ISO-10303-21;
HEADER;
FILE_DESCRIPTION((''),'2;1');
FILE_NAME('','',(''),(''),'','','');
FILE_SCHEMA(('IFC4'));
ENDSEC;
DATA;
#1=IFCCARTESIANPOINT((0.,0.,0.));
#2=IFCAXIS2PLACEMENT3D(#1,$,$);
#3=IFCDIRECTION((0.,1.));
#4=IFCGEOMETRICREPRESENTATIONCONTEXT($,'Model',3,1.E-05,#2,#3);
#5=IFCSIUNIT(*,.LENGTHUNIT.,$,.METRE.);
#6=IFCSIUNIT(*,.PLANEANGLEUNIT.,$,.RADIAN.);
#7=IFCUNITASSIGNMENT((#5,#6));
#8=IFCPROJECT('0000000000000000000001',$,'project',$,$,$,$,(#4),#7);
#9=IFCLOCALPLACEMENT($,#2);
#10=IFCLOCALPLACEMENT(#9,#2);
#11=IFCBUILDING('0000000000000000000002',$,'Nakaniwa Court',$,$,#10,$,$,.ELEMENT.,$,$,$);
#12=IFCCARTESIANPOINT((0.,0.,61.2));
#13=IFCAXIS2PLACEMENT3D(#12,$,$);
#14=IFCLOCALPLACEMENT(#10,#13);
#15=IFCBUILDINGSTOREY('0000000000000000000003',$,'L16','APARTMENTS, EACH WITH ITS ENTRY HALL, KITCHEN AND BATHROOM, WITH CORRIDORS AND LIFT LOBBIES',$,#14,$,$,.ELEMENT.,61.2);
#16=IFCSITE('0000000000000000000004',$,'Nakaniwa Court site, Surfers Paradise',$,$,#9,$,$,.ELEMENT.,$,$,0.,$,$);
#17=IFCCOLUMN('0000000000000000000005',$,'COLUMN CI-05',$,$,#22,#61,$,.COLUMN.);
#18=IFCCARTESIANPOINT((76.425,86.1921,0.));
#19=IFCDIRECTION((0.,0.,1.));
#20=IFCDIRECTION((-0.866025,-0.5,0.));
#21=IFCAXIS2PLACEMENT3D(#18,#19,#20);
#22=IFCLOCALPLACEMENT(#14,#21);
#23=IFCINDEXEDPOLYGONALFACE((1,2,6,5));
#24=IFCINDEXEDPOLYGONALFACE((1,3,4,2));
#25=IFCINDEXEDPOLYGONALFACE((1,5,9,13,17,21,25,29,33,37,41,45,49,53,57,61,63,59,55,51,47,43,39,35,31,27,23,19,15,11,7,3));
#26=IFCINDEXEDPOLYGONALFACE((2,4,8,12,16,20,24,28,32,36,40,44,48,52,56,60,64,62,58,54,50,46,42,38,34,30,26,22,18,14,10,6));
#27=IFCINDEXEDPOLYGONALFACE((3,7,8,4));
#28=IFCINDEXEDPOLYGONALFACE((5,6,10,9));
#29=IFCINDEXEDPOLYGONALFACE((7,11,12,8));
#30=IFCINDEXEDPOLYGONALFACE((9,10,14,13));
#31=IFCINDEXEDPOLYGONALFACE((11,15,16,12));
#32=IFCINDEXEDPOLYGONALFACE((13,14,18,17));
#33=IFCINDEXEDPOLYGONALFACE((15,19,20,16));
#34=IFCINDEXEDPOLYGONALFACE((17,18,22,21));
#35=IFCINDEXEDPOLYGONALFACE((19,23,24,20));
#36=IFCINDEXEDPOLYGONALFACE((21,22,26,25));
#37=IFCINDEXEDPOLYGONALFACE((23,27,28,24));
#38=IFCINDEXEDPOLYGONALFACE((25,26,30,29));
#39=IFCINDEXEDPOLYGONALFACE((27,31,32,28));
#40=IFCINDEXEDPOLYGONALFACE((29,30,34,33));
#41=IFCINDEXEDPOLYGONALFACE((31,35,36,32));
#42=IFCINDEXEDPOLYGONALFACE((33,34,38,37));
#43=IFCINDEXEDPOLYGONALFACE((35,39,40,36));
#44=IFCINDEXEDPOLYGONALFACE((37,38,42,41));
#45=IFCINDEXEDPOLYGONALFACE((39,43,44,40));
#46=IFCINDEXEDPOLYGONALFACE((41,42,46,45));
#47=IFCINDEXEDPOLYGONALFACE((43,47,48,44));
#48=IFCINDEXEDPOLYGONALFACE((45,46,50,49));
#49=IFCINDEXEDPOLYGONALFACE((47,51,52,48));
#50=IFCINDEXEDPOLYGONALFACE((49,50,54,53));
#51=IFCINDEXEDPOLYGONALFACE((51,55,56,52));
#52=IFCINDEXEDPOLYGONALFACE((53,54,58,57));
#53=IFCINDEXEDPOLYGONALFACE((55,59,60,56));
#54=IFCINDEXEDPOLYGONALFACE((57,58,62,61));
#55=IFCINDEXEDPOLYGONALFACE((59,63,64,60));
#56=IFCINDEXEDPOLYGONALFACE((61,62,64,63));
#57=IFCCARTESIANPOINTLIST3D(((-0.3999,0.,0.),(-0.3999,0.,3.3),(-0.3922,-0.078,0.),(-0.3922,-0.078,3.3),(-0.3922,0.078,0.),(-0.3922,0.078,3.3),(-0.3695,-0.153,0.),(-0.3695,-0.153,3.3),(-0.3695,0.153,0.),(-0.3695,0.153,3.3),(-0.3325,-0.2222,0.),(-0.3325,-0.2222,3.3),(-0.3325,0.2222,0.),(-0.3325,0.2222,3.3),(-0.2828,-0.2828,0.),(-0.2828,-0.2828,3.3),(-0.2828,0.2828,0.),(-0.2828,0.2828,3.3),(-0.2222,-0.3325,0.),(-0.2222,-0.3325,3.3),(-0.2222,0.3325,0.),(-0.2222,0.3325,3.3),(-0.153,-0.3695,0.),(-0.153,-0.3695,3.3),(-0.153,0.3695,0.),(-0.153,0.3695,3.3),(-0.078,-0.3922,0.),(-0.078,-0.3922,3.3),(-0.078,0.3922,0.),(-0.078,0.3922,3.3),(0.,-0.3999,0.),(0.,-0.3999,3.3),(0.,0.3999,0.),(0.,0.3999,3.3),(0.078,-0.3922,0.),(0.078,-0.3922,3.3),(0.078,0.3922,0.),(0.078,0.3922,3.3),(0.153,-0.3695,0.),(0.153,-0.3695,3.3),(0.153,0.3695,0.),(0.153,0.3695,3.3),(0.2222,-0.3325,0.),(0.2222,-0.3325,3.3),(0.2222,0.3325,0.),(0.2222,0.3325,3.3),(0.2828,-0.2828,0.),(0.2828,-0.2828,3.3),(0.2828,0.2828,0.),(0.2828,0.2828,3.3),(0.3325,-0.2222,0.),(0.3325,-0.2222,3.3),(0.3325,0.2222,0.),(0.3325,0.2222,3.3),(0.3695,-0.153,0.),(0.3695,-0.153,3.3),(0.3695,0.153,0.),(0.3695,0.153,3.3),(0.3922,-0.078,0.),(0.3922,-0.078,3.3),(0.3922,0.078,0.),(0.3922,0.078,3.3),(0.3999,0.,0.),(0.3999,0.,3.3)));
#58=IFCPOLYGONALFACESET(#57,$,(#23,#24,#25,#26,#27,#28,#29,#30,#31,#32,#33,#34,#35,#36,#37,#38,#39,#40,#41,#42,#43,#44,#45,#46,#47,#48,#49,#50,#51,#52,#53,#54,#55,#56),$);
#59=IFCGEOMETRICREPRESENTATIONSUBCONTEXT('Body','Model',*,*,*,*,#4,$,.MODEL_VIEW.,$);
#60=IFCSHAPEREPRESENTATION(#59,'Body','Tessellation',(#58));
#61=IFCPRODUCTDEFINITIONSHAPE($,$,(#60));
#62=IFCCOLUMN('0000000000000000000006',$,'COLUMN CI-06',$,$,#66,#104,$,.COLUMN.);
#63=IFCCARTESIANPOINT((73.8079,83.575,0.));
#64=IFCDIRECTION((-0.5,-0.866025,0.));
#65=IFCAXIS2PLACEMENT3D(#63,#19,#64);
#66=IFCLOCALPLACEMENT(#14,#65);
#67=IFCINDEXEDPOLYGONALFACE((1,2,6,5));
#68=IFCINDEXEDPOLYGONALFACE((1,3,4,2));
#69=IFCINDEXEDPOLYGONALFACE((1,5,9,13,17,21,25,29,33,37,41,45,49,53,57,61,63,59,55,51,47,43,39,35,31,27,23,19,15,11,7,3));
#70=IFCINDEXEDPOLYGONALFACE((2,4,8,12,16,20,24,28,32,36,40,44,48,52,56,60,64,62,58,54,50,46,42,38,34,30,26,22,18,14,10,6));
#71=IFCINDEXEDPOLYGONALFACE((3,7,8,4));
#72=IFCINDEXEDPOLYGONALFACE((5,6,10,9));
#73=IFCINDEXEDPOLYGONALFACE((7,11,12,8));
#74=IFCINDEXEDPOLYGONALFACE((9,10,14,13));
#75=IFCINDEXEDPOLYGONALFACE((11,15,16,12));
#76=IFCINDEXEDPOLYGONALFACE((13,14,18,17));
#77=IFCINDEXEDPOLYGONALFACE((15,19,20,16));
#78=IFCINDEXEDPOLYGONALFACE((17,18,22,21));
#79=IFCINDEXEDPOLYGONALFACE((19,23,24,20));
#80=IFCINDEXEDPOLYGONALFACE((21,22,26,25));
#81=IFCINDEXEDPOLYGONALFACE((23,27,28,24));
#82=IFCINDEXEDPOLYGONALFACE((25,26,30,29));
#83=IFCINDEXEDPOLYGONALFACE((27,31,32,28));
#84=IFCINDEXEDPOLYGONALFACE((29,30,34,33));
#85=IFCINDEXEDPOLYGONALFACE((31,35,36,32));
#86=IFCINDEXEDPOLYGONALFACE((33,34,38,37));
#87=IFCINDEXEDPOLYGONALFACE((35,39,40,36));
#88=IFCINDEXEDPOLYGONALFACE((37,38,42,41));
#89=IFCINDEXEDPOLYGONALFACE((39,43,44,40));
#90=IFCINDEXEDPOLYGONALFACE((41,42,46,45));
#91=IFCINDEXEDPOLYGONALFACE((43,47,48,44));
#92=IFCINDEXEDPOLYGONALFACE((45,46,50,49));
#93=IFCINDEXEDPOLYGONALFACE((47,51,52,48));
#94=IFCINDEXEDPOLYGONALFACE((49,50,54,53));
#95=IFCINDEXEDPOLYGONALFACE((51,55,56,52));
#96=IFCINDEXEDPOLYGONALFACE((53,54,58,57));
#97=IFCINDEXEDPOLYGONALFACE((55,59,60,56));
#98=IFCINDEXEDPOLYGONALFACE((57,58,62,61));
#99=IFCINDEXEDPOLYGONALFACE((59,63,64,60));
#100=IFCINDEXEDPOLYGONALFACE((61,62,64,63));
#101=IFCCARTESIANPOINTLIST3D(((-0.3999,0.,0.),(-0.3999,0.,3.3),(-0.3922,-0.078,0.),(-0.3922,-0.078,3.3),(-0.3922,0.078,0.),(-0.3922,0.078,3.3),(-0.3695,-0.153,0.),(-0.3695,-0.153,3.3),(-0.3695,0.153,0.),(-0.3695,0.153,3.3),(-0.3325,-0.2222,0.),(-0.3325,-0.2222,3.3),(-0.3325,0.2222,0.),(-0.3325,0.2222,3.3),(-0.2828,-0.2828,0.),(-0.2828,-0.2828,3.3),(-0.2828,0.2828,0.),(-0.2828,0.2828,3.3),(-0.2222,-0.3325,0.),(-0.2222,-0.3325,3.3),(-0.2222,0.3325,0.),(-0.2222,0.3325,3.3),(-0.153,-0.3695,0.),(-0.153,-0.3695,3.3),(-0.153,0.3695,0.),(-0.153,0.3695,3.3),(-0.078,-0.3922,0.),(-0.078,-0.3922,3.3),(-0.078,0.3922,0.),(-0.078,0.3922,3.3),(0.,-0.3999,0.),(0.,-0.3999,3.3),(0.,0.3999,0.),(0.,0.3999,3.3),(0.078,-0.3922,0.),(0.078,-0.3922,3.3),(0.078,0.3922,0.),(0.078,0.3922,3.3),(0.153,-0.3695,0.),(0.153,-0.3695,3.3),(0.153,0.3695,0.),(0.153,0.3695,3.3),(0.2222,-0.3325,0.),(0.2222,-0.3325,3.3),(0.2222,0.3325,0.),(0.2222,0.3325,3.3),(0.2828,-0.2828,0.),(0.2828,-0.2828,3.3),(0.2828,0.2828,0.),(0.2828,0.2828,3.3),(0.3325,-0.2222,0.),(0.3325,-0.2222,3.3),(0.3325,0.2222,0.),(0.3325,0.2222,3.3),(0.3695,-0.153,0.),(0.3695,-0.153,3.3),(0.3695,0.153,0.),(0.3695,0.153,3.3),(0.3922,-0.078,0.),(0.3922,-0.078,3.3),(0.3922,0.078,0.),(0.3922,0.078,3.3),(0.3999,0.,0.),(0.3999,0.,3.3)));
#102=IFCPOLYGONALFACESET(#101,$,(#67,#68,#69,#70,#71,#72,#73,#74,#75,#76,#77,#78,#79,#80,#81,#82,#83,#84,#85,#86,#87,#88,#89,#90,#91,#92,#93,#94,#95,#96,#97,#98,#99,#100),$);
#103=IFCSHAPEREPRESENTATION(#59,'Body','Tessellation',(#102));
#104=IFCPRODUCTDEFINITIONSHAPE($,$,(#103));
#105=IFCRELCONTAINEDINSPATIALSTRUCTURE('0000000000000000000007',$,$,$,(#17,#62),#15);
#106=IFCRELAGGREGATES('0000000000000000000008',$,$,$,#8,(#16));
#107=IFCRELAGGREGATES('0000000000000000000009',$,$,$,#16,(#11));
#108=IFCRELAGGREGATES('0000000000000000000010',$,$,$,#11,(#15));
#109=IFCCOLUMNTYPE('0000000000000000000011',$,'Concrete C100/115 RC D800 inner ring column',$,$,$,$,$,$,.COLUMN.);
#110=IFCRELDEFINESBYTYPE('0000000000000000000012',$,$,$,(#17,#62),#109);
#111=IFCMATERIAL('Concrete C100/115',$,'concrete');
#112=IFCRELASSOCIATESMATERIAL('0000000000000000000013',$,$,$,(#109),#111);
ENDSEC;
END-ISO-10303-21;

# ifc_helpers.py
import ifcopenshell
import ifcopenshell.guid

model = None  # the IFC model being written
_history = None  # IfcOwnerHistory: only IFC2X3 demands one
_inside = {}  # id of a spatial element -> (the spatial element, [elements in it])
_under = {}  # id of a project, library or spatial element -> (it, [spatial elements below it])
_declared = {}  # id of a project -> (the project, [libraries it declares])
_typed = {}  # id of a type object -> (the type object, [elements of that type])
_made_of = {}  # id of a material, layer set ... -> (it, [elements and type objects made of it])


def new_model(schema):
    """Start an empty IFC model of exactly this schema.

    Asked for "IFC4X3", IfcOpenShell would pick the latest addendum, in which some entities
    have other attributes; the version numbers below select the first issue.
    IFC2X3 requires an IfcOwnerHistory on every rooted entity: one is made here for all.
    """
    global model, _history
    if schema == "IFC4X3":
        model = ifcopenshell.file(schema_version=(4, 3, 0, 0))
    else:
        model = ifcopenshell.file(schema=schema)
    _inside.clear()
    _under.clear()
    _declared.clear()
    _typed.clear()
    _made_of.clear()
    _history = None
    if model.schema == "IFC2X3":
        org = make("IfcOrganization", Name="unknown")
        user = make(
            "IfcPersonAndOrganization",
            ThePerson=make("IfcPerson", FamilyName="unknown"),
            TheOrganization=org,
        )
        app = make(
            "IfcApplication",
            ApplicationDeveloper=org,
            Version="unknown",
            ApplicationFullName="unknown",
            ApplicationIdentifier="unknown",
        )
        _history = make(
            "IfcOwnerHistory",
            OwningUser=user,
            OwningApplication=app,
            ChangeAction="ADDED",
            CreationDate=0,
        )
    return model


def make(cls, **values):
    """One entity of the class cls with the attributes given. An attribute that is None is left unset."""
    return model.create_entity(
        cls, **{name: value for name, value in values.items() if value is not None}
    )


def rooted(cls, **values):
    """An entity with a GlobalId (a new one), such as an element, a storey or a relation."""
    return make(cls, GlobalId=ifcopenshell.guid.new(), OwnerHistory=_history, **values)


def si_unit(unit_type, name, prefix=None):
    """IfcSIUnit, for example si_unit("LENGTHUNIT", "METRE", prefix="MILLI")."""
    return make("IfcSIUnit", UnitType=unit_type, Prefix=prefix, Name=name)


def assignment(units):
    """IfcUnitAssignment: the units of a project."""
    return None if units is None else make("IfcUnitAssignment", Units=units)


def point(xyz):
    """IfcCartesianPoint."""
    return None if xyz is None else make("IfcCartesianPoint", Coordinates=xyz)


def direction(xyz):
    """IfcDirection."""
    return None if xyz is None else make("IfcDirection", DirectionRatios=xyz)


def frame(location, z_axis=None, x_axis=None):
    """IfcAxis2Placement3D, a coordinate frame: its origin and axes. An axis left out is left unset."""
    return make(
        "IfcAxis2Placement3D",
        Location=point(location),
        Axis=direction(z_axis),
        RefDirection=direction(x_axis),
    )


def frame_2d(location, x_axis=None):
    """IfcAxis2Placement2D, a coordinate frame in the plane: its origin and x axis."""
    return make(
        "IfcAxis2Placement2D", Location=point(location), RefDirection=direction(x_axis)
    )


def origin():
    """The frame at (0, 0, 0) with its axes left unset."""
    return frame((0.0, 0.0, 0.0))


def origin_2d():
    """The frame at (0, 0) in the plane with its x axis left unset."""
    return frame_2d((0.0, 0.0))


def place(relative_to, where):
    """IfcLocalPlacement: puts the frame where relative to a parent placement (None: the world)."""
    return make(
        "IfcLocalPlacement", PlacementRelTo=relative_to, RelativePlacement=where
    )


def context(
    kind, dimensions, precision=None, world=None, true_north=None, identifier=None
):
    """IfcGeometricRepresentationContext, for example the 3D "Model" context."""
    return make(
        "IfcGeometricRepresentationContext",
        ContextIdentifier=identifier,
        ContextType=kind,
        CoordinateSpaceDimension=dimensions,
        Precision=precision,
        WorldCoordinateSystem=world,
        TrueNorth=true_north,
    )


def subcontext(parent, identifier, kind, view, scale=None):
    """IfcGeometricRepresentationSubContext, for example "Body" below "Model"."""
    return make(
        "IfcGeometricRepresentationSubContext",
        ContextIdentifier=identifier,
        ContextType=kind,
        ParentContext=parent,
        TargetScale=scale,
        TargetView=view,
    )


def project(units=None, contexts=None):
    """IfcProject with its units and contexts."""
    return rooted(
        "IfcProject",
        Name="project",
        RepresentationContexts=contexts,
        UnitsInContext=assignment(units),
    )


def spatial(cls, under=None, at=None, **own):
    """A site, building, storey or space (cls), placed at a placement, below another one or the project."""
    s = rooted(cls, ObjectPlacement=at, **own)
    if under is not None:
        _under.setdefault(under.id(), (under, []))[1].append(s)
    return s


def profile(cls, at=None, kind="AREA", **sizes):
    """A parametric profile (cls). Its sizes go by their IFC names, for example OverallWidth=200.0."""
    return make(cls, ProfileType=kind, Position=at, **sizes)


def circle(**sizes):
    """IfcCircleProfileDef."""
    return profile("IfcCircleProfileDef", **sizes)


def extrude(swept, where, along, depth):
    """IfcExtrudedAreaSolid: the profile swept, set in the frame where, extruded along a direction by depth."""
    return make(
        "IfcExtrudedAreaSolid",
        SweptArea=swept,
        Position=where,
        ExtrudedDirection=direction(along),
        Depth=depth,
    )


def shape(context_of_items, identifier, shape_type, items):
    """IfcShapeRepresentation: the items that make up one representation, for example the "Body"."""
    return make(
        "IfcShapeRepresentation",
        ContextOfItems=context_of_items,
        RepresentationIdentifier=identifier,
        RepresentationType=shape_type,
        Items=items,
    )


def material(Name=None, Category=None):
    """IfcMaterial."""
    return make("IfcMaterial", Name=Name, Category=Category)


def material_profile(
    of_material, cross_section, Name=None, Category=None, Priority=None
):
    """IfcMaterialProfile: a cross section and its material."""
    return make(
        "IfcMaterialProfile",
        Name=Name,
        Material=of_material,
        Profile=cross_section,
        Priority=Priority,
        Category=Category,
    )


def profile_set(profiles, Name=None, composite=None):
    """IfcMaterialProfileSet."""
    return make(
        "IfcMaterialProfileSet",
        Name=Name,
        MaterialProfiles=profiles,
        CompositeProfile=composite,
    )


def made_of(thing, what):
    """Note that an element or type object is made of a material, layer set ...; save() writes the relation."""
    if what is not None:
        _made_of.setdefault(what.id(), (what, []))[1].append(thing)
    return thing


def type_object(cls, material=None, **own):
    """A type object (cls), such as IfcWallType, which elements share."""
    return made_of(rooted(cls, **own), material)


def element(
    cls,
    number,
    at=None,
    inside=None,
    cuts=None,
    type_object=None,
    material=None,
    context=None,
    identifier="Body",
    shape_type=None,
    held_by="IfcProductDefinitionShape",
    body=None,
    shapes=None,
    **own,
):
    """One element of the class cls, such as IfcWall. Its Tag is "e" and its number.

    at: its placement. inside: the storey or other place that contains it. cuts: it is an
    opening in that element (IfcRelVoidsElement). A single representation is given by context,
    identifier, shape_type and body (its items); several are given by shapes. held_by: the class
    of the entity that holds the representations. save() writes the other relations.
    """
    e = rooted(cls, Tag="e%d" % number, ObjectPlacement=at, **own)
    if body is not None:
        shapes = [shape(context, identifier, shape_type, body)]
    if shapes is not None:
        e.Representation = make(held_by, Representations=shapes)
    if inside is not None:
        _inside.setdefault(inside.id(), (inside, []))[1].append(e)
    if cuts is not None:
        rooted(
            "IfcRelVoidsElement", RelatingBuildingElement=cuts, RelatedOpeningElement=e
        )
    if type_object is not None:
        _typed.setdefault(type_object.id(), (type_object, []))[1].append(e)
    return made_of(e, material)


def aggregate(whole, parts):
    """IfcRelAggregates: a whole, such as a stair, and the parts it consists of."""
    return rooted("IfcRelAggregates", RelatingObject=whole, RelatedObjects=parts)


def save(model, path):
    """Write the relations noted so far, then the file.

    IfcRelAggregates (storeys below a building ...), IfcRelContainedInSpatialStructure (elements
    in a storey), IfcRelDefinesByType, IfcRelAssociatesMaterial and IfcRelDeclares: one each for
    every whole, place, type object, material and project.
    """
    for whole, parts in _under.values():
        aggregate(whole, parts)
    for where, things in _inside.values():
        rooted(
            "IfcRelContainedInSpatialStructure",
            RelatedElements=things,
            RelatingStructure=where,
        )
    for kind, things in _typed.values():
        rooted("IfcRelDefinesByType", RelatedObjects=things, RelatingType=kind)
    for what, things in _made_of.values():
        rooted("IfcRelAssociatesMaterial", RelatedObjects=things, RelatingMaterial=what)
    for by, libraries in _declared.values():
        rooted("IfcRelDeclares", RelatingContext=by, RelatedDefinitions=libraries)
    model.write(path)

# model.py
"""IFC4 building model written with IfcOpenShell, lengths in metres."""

from ifc_helpers import new_model, si_unit, direction, frame, origin, origin_2d, place, context, subcontext, project, spatial, circle, extrude, material, material_profile, profile_set, type_object, element, save


model = new_model("IFC4")

# Units and contexts
model_context = context("Model", 3, precision=1e-05, world=origin(), true_north=direction((0.0, 1.0)))
body_context = subcontext(model_context, "Body", "Model", "MODEL_VIEW")
ifc_project = project(units=[si_unit("LENGTHUNIT", "METRE"), si_unit("PLANEANGLEUNIT", "RADIAN")], contexts=[model_context])

# Site, building, storey
site_placement = place(None, origin())
site = spatial("IfcSite", under=ifc_project, at=site_placement, Name="Nakaniwa Court site, Surfers Paradise", CompositionType="ELEMENT", RefElevation=0.0)
building_placement = place(site_placement, origin())
building = spatial("IfcBuilding", under=site, at=building_placement, Name="Nakaniwa Court", CompositionType="ELEMENT")
storey_placement = place(building_placement, frame((0.0, 0.0, 61.2)))
storey = spatial("IfcBuildingStorey", under=building, at=storey_placement, Name="L16", Description="APARTMENTS, EACH WITH ITS ENTRY HALL, KITCHEN AND BATHROOM, WITH CORRIDORS AND LIFT LOBBIES", CompositionType="ELEMENT", Elevation=61.2)

# Columns
ifc_material_1 = material(Name="Concrete C100/115", Category="concrete")
ifc_material_profile_1 = material_profile(ifc_material_1, circle(Radius=0.3999, at=origin_2d()), Name="Concrete C100/115 RC D800 inner ring column")
ifc_profile_set_1 = profile_set([ifc_material_profile_1], Name="Concrete C100/115")
column_type = type_object("IfcColumnType", Name="Concrete C100/115 RC D800 inner ring column", PredefinedType="COLUMN", material=ifc_profile_set_1)
for number, where, z_axis, x_axis, name in (
    (1, (76.425, 86.1921, 0.0), (0.0, 0.0, 1.0), (-0.866025, -0.5, 0.0), "COLUMN CI-05"),
    (2, (73.8079, 83.575, 0.0), (0.0, 0.0, 1.0), (-0.5, -0.866025, 0.0), "COLUMN CI-06"),
):
    element("IfcColumn", number, at=place(storey_placement, frame(where, z_axis=z_axis, x_axis=x_axis)), inside=storey, type_object=column_type, Name=name, PredefinedType="COLUMN", context=body_context, shape_type="SweptSolid", body=[
        extrude(circle(Radius=0.3999, at=origin_2d()), origin(), (0.0, 0.0, 1.0), 3.3),
    ])

save(model, "model.ifc")
